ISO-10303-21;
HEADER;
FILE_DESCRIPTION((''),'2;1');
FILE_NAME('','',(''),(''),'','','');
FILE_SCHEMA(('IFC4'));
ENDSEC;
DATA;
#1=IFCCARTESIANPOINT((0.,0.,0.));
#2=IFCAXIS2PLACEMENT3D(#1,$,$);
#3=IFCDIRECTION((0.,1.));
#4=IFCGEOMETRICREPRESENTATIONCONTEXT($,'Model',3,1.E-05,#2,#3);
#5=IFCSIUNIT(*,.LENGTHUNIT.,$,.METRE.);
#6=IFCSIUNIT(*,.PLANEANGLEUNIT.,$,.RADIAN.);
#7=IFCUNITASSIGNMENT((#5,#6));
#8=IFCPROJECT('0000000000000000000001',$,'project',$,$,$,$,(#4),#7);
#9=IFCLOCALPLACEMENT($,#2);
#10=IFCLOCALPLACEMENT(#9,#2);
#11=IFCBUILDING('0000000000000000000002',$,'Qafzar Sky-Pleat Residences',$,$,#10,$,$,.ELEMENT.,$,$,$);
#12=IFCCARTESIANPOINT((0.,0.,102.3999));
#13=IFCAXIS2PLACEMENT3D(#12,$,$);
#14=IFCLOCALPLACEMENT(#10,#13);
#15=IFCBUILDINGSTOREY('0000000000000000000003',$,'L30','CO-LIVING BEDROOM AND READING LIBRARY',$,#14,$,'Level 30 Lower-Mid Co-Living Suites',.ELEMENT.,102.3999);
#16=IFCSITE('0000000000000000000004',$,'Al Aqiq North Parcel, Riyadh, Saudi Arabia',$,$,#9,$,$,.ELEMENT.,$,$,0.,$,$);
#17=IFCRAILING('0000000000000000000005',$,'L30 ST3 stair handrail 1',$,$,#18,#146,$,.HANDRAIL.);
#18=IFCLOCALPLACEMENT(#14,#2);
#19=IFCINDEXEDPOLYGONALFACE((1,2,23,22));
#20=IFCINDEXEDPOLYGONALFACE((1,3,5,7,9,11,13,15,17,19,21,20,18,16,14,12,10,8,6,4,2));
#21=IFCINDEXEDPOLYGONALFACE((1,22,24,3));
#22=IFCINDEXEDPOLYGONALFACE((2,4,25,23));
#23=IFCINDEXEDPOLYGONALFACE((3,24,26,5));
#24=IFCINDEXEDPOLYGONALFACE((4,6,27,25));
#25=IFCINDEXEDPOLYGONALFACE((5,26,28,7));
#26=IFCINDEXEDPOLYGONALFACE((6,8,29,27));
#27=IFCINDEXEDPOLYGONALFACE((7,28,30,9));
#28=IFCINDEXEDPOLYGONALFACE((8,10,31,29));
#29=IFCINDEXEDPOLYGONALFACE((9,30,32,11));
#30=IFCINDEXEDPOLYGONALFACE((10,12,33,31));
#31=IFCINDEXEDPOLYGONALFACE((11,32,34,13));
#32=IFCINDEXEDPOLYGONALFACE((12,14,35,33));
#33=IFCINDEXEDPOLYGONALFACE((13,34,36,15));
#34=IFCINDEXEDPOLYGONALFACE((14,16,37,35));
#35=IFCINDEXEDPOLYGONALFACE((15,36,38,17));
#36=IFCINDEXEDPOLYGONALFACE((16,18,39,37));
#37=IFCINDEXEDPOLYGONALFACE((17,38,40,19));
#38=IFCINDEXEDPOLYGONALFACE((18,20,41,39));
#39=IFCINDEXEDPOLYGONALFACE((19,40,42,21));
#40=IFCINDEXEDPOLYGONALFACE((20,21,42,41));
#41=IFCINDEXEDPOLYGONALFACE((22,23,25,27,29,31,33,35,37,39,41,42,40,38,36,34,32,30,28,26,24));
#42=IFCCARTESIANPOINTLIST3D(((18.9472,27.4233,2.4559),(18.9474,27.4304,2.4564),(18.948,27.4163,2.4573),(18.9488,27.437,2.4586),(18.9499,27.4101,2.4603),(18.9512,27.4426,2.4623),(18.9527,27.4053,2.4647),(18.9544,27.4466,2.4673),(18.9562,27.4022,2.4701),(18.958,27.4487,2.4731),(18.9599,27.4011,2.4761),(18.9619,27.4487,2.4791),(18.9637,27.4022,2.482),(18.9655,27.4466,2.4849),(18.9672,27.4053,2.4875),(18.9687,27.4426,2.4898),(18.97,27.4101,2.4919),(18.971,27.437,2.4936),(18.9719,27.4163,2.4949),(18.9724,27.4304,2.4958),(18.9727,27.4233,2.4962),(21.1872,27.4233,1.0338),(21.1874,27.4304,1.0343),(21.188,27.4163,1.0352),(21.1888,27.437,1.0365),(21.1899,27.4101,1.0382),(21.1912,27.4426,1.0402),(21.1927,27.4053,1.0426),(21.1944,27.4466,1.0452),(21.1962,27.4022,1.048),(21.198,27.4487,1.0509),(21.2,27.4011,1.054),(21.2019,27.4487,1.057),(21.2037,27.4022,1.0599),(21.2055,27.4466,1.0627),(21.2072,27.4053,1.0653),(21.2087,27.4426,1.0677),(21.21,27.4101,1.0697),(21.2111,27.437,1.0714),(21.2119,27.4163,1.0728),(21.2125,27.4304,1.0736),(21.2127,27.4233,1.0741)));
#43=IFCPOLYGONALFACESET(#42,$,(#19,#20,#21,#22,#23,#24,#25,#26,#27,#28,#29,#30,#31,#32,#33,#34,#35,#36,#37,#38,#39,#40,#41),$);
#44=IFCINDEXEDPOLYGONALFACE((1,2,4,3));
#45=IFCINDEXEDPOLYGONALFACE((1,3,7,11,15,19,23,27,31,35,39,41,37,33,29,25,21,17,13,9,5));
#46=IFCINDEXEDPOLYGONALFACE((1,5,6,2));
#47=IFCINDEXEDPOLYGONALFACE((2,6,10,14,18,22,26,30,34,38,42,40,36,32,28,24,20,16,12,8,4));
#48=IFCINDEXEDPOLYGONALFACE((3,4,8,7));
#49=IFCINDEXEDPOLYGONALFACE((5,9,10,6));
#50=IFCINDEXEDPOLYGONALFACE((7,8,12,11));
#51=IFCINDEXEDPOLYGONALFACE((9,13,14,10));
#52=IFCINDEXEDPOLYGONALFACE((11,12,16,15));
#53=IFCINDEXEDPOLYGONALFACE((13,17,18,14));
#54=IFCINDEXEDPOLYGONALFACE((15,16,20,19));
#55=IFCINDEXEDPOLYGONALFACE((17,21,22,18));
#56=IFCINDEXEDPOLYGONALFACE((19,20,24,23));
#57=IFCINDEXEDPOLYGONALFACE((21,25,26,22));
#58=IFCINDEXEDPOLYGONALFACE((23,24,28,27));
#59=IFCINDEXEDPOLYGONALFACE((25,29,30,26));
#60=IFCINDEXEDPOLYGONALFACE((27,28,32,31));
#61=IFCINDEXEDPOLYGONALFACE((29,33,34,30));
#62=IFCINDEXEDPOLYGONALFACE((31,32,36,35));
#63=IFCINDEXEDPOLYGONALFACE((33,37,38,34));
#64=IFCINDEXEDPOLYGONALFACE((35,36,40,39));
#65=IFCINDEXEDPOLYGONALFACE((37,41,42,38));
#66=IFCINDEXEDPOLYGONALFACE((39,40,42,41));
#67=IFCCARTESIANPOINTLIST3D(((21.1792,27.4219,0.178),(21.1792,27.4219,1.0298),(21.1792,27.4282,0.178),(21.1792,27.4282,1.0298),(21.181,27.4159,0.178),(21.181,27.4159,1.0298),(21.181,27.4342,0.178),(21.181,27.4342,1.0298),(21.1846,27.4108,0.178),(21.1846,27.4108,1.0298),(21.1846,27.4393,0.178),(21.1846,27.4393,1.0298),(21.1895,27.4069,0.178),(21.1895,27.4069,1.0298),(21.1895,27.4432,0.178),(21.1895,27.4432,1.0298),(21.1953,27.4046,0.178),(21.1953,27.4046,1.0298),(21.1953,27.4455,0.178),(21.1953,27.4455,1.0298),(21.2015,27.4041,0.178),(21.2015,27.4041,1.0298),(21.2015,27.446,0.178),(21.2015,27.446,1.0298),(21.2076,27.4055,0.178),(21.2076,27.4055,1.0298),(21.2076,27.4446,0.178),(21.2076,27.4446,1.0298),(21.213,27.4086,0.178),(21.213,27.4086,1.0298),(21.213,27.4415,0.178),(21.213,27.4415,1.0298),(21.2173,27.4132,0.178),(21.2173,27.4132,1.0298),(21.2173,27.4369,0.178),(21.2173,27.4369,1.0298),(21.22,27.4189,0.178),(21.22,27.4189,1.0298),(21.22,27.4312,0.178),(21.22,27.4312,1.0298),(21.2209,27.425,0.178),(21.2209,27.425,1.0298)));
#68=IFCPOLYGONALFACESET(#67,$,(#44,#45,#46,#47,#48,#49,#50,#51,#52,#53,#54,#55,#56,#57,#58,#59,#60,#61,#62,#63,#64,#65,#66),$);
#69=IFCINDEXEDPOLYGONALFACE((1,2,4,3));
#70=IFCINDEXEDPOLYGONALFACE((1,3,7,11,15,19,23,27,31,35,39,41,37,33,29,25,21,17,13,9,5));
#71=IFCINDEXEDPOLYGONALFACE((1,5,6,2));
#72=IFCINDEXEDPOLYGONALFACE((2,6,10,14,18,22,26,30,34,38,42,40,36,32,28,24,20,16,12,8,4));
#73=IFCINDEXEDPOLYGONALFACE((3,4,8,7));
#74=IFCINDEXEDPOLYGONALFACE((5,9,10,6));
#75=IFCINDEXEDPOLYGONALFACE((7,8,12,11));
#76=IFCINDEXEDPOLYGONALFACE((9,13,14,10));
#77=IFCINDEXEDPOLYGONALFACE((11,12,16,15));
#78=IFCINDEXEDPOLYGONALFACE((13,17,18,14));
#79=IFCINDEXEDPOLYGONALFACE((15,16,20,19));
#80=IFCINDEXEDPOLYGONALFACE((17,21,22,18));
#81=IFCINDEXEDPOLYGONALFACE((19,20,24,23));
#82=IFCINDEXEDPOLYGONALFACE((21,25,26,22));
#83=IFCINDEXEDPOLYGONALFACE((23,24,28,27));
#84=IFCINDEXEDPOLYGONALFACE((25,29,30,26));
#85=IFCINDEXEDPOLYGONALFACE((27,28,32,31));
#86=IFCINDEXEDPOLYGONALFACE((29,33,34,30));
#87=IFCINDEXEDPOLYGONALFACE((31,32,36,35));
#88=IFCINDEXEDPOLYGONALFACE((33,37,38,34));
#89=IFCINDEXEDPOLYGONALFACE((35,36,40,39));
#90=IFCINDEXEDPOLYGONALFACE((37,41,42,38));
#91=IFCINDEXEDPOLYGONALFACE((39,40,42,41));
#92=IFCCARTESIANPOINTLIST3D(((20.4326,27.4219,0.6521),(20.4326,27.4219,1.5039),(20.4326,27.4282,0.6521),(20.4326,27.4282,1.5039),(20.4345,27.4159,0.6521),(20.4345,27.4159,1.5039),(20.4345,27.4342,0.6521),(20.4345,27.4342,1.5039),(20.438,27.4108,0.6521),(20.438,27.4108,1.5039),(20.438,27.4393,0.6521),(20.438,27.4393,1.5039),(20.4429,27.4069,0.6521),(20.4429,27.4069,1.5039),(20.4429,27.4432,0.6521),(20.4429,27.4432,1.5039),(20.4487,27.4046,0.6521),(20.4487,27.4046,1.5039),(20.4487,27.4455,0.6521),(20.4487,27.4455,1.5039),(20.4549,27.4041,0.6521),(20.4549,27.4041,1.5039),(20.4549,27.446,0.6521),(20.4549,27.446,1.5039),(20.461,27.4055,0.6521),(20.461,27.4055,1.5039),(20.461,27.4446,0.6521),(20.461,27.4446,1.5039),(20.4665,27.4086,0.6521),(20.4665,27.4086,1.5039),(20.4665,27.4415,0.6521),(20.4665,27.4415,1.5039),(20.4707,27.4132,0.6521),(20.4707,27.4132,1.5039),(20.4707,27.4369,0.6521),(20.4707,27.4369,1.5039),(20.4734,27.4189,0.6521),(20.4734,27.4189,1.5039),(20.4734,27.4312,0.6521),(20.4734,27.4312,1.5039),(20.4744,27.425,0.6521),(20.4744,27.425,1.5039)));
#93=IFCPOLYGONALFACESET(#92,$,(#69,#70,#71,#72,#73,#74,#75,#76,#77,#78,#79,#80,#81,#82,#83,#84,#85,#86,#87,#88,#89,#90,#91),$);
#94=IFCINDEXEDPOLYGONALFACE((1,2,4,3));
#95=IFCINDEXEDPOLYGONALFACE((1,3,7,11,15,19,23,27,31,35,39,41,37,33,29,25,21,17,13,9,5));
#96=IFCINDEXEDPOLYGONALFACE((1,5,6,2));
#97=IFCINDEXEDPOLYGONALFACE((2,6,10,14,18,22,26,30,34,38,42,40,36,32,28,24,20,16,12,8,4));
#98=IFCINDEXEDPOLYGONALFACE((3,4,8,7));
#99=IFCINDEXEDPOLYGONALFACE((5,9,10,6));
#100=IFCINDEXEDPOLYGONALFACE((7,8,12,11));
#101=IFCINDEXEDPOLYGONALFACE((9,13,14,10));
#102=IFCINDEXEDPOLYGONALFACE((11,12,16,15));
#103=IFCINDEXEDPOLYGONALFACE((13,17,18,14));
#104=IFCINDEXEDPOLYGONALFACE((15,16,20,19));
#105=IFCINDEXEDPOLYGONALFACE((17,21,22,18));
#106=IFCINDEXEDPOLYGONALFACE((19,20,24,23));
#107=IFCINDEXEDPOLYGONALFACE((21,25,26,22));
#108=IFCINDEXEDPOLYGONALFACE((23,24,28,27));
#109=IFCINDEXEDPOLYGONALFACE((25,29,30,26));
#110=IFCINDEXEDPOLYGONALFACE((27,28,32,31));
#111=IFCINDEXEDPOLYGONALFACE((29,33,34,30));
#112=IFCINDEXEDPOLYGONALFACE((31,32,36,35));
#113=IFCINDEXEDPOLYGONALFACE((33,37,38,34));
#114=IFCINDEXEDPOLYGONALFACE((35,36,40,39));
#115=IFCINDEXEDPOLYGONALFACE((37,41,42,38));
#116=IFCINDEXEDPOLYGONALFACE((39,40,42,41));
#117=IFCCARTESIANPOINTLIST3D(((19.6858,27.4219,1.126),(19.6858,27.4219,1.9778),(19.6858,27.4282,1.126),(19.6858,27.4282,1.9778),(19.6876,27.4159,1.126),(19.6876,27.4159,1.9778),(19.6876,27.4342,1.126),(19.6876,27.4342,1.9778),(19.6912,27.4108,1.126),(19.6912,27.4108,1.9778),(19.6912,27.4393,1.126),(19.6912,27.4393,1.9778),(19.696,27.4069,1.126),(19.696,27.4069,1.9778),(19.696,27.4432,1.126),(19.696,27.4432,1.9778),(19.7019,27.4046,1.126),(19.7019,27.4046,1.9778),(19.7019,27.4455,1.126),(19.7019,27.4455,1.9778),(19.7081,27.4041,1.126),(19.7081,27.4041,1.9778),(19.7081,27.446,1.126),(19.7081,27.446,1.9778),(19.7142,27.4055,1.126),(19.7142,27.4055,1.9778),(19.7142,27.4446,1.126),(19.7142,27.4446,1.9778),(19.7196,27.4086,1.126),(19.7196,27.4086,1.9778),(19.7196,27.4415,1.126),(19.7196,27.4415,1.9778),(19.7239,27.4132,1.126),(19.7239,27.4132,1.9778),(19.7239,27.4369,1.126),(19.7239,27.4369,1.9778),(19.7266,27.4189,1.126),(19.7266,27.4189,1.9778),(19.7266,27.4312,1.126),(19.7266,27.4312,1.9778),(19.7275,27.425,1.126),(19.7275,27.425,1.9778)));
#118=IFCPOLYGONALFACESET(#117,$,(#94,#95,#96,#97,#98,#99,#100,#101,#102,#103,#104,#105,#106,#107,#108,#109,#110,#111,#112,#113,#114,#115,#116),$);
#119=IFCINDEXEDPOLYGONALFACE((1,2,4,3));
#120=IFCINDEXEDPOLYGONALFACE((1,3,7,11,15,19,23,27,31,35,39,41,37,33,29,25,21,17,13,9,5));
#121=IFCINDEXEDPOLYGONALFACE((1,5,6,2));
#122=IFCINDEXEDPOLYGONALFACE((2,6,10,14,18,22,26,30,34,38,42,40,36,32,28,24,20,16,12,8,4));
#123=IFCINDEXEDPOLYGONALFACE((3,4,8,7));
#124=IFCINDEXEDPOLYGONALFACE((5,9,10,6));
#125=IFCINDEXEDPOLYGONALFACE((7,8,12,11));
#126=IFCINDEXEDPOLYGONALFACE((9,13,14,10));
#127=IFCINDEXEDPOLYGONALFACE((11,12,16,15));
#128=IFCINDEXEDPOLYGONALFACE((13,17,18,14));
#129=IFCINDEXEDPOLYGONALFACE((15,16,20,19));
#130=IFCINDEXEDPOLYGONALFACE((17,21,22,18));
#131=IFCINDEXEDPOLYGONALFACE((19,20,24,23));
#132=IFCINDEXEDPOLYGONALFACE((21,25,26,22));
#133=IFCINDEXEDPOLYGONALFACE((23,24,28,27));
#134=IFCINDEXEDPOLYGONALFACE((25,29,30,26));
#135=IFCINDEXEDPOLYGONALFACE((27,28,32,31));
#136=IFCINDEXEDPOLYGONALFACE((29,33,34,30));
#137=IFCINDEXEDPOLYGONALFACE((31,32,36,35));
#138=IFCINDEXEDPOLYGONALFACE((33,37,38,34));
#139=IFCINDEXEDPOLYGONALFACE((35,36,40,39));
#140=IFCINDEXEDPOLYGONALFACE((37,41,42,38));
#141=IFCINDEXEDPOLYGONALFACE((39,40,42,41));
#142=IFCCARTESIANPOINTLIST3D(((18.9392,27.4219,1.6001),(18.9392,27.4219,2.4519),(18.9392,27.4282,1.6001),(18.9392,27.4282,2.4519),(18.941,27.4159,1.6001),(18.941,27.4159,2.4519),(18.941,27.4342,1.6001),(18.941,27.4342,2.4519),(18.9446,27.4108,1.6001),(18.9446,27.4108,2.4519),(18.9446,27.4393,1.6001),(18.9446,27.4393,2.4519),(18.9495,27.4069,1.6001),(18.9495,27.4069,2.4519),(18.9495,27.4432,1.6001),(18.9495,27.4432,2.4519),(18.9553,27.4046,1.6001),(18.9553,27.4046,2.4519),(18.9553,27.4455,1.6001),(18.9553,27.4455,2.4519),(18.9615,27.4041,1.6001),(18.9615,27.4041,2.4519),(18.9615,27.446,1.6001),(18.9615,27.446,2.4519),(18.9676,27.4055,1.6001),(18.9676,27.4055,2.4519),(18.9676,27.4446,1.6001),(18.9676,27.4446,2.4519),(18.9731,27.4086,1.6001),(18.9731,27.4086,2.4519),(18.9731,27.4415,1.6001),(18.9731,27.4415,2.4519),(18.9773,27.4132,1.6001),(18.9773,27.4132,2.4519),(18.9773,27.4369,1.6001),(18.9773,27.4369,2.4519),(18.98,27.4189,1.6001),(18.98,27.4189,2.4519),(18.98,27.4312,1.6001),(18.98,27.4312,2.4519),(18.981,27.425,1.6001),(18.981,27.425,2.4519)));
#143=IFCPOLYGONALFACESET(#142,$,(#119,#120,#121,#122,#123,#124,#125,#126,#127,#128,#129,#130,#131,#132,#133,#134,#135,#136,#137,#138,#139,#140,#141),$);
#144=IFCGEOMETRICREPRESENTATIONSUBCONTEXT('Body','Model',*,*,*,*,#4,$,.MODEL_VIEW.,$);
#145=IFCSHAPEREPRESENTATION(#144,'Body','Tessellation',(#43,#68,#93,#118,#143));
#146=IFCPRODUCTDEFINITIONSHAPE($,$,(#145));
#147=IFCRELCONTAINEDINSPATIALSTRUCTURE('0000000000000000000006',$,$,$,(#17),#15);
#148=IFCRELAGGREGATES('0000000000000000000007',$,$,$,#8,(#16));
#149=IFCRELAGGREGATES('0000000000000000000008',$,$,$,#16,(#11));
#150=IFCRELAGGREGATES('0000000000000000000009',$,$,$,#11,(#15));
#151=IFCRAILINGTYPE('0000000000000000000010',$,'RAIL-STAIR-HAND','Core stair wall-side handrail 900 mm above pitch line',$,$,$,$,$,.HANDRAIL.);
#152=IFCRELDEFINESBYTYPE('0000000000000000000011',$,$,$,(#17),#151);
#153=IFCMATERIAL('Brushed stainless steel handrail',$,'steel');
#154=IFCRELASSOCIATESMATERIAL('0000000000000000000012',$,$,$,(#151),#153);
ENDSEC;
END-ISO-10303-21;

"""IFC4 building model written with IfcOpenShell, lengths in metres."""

from ifc_helpers import new_model, si_unit, direction, frame, origin, origin_2d, place, context, subcontext, project, spatial, circle, extrude, source, transform, mapped, material, type_object, element, save


model = new_model("IFC4")

# Units and contexts
model_context = context("Model", 3, precision=1e-05, world=origin(), true_north=direction((0.0, 1.0)))
body_context = subcontext(model_context, "Body", "Model", "MODEL_VIEW")
ifc_project = project(units=[si_unit("LENGTHUNIT", "METRE"), si_unit("PLANEANGLEUNIT", "RADIAN")], contexts=[model_context])

# Site, building, storey
site_placement = place(None, origin())
site = spatial("IfcSite", under=ifc_project, at=site_placement, Name="Al Aqiq North Parcel, Riyadh, Saudi Arabia", CompositionType="ELEMENT", RefElevation=0.0)
building_placement = place(site_placement, origin())
building = spatial("IfcBuilding", under=site, at=building_placement, Name="Qafzar Sky-Pleat Residences", CompositionType="ELEMENT")
storey_placement = place(building_placement, frame((0.0, 0.0, 102.3999)))
storey = spatial("IfcBuildingStorey", under=building, at=storey_placement, Name="L30", Description="CO-LIVING BEDROOM AND READING LIBRARY", LongName="Level 30 Lower-Mid Co-Living Suites", CompositionType="ELEMENT", Elevation=102.3999)

# Railing
ifc_material_1 = material(Name="Brushed stainless steel handrail", Category="steel")
railing_type_1 = type_object("IfcRailingType", Name="RAIL-STAIR-HAND", Description="Core stair wall-side handrail 900 mm above pitch line", PredefinedType="HANDRAIL", material=ifc_material_1)
shared_shape_1 = source(origin(), body_context, "Body", "SweptSolid", [
    extrude(circle(Radius=0.0239, at=origin_2d()), frame((0.0, 0.0, 0.876), z_axis=(-0.844229, 0.0, 0.535982), x_axis=(0.0, -1.0, 0.0)), (0.0, 0.0, 1.0), 2.6533),
    extrude(circle(Radius=0.021, at=origin_2d()), origin(), (0.0, 0.0, 1.0), 0.8518),
    extrude(circle(Radius=0.021, at=origin_2d()), frame((-0.7466, 0.0, 0.4741)), (0.0, 0.0, 1.0), 0.8518),
    extrude(circle(Radius=0.021, at=origin_2d()), frame((-1.4934, 0.0, 0.948)), (0.0, 0.0, 1.0), 0.8518),
    extrude(circle(Radius=0.021, at=origin_2d()), frame((-2.24, 0.0, 1.4221)), (0.0, 0.0, 1.0), 0.8518),
])
railing_1_placement = place(storey_placement, frame((21.2, 27.425, 0.178)))
element("IfcRailing", 1, at=railing_1_placement, inside=storey, type_object=railing_type_1, Name="L30 ST3 stair handrail 1", PredefinedType="HANDRAIL", context=body_context, shape_type="MappedRepresentation", body=[
    mapped(shared_shape_1, transform((0.0, 0.0, 0.0), x_axis=(1.0, 0.0, 0.0), y_axis=(0.0, 1.0, 0.0), z_axis=(0.0, 0.0, 1.0), scale=1.0)),
])

save(model, "model.ifc")
